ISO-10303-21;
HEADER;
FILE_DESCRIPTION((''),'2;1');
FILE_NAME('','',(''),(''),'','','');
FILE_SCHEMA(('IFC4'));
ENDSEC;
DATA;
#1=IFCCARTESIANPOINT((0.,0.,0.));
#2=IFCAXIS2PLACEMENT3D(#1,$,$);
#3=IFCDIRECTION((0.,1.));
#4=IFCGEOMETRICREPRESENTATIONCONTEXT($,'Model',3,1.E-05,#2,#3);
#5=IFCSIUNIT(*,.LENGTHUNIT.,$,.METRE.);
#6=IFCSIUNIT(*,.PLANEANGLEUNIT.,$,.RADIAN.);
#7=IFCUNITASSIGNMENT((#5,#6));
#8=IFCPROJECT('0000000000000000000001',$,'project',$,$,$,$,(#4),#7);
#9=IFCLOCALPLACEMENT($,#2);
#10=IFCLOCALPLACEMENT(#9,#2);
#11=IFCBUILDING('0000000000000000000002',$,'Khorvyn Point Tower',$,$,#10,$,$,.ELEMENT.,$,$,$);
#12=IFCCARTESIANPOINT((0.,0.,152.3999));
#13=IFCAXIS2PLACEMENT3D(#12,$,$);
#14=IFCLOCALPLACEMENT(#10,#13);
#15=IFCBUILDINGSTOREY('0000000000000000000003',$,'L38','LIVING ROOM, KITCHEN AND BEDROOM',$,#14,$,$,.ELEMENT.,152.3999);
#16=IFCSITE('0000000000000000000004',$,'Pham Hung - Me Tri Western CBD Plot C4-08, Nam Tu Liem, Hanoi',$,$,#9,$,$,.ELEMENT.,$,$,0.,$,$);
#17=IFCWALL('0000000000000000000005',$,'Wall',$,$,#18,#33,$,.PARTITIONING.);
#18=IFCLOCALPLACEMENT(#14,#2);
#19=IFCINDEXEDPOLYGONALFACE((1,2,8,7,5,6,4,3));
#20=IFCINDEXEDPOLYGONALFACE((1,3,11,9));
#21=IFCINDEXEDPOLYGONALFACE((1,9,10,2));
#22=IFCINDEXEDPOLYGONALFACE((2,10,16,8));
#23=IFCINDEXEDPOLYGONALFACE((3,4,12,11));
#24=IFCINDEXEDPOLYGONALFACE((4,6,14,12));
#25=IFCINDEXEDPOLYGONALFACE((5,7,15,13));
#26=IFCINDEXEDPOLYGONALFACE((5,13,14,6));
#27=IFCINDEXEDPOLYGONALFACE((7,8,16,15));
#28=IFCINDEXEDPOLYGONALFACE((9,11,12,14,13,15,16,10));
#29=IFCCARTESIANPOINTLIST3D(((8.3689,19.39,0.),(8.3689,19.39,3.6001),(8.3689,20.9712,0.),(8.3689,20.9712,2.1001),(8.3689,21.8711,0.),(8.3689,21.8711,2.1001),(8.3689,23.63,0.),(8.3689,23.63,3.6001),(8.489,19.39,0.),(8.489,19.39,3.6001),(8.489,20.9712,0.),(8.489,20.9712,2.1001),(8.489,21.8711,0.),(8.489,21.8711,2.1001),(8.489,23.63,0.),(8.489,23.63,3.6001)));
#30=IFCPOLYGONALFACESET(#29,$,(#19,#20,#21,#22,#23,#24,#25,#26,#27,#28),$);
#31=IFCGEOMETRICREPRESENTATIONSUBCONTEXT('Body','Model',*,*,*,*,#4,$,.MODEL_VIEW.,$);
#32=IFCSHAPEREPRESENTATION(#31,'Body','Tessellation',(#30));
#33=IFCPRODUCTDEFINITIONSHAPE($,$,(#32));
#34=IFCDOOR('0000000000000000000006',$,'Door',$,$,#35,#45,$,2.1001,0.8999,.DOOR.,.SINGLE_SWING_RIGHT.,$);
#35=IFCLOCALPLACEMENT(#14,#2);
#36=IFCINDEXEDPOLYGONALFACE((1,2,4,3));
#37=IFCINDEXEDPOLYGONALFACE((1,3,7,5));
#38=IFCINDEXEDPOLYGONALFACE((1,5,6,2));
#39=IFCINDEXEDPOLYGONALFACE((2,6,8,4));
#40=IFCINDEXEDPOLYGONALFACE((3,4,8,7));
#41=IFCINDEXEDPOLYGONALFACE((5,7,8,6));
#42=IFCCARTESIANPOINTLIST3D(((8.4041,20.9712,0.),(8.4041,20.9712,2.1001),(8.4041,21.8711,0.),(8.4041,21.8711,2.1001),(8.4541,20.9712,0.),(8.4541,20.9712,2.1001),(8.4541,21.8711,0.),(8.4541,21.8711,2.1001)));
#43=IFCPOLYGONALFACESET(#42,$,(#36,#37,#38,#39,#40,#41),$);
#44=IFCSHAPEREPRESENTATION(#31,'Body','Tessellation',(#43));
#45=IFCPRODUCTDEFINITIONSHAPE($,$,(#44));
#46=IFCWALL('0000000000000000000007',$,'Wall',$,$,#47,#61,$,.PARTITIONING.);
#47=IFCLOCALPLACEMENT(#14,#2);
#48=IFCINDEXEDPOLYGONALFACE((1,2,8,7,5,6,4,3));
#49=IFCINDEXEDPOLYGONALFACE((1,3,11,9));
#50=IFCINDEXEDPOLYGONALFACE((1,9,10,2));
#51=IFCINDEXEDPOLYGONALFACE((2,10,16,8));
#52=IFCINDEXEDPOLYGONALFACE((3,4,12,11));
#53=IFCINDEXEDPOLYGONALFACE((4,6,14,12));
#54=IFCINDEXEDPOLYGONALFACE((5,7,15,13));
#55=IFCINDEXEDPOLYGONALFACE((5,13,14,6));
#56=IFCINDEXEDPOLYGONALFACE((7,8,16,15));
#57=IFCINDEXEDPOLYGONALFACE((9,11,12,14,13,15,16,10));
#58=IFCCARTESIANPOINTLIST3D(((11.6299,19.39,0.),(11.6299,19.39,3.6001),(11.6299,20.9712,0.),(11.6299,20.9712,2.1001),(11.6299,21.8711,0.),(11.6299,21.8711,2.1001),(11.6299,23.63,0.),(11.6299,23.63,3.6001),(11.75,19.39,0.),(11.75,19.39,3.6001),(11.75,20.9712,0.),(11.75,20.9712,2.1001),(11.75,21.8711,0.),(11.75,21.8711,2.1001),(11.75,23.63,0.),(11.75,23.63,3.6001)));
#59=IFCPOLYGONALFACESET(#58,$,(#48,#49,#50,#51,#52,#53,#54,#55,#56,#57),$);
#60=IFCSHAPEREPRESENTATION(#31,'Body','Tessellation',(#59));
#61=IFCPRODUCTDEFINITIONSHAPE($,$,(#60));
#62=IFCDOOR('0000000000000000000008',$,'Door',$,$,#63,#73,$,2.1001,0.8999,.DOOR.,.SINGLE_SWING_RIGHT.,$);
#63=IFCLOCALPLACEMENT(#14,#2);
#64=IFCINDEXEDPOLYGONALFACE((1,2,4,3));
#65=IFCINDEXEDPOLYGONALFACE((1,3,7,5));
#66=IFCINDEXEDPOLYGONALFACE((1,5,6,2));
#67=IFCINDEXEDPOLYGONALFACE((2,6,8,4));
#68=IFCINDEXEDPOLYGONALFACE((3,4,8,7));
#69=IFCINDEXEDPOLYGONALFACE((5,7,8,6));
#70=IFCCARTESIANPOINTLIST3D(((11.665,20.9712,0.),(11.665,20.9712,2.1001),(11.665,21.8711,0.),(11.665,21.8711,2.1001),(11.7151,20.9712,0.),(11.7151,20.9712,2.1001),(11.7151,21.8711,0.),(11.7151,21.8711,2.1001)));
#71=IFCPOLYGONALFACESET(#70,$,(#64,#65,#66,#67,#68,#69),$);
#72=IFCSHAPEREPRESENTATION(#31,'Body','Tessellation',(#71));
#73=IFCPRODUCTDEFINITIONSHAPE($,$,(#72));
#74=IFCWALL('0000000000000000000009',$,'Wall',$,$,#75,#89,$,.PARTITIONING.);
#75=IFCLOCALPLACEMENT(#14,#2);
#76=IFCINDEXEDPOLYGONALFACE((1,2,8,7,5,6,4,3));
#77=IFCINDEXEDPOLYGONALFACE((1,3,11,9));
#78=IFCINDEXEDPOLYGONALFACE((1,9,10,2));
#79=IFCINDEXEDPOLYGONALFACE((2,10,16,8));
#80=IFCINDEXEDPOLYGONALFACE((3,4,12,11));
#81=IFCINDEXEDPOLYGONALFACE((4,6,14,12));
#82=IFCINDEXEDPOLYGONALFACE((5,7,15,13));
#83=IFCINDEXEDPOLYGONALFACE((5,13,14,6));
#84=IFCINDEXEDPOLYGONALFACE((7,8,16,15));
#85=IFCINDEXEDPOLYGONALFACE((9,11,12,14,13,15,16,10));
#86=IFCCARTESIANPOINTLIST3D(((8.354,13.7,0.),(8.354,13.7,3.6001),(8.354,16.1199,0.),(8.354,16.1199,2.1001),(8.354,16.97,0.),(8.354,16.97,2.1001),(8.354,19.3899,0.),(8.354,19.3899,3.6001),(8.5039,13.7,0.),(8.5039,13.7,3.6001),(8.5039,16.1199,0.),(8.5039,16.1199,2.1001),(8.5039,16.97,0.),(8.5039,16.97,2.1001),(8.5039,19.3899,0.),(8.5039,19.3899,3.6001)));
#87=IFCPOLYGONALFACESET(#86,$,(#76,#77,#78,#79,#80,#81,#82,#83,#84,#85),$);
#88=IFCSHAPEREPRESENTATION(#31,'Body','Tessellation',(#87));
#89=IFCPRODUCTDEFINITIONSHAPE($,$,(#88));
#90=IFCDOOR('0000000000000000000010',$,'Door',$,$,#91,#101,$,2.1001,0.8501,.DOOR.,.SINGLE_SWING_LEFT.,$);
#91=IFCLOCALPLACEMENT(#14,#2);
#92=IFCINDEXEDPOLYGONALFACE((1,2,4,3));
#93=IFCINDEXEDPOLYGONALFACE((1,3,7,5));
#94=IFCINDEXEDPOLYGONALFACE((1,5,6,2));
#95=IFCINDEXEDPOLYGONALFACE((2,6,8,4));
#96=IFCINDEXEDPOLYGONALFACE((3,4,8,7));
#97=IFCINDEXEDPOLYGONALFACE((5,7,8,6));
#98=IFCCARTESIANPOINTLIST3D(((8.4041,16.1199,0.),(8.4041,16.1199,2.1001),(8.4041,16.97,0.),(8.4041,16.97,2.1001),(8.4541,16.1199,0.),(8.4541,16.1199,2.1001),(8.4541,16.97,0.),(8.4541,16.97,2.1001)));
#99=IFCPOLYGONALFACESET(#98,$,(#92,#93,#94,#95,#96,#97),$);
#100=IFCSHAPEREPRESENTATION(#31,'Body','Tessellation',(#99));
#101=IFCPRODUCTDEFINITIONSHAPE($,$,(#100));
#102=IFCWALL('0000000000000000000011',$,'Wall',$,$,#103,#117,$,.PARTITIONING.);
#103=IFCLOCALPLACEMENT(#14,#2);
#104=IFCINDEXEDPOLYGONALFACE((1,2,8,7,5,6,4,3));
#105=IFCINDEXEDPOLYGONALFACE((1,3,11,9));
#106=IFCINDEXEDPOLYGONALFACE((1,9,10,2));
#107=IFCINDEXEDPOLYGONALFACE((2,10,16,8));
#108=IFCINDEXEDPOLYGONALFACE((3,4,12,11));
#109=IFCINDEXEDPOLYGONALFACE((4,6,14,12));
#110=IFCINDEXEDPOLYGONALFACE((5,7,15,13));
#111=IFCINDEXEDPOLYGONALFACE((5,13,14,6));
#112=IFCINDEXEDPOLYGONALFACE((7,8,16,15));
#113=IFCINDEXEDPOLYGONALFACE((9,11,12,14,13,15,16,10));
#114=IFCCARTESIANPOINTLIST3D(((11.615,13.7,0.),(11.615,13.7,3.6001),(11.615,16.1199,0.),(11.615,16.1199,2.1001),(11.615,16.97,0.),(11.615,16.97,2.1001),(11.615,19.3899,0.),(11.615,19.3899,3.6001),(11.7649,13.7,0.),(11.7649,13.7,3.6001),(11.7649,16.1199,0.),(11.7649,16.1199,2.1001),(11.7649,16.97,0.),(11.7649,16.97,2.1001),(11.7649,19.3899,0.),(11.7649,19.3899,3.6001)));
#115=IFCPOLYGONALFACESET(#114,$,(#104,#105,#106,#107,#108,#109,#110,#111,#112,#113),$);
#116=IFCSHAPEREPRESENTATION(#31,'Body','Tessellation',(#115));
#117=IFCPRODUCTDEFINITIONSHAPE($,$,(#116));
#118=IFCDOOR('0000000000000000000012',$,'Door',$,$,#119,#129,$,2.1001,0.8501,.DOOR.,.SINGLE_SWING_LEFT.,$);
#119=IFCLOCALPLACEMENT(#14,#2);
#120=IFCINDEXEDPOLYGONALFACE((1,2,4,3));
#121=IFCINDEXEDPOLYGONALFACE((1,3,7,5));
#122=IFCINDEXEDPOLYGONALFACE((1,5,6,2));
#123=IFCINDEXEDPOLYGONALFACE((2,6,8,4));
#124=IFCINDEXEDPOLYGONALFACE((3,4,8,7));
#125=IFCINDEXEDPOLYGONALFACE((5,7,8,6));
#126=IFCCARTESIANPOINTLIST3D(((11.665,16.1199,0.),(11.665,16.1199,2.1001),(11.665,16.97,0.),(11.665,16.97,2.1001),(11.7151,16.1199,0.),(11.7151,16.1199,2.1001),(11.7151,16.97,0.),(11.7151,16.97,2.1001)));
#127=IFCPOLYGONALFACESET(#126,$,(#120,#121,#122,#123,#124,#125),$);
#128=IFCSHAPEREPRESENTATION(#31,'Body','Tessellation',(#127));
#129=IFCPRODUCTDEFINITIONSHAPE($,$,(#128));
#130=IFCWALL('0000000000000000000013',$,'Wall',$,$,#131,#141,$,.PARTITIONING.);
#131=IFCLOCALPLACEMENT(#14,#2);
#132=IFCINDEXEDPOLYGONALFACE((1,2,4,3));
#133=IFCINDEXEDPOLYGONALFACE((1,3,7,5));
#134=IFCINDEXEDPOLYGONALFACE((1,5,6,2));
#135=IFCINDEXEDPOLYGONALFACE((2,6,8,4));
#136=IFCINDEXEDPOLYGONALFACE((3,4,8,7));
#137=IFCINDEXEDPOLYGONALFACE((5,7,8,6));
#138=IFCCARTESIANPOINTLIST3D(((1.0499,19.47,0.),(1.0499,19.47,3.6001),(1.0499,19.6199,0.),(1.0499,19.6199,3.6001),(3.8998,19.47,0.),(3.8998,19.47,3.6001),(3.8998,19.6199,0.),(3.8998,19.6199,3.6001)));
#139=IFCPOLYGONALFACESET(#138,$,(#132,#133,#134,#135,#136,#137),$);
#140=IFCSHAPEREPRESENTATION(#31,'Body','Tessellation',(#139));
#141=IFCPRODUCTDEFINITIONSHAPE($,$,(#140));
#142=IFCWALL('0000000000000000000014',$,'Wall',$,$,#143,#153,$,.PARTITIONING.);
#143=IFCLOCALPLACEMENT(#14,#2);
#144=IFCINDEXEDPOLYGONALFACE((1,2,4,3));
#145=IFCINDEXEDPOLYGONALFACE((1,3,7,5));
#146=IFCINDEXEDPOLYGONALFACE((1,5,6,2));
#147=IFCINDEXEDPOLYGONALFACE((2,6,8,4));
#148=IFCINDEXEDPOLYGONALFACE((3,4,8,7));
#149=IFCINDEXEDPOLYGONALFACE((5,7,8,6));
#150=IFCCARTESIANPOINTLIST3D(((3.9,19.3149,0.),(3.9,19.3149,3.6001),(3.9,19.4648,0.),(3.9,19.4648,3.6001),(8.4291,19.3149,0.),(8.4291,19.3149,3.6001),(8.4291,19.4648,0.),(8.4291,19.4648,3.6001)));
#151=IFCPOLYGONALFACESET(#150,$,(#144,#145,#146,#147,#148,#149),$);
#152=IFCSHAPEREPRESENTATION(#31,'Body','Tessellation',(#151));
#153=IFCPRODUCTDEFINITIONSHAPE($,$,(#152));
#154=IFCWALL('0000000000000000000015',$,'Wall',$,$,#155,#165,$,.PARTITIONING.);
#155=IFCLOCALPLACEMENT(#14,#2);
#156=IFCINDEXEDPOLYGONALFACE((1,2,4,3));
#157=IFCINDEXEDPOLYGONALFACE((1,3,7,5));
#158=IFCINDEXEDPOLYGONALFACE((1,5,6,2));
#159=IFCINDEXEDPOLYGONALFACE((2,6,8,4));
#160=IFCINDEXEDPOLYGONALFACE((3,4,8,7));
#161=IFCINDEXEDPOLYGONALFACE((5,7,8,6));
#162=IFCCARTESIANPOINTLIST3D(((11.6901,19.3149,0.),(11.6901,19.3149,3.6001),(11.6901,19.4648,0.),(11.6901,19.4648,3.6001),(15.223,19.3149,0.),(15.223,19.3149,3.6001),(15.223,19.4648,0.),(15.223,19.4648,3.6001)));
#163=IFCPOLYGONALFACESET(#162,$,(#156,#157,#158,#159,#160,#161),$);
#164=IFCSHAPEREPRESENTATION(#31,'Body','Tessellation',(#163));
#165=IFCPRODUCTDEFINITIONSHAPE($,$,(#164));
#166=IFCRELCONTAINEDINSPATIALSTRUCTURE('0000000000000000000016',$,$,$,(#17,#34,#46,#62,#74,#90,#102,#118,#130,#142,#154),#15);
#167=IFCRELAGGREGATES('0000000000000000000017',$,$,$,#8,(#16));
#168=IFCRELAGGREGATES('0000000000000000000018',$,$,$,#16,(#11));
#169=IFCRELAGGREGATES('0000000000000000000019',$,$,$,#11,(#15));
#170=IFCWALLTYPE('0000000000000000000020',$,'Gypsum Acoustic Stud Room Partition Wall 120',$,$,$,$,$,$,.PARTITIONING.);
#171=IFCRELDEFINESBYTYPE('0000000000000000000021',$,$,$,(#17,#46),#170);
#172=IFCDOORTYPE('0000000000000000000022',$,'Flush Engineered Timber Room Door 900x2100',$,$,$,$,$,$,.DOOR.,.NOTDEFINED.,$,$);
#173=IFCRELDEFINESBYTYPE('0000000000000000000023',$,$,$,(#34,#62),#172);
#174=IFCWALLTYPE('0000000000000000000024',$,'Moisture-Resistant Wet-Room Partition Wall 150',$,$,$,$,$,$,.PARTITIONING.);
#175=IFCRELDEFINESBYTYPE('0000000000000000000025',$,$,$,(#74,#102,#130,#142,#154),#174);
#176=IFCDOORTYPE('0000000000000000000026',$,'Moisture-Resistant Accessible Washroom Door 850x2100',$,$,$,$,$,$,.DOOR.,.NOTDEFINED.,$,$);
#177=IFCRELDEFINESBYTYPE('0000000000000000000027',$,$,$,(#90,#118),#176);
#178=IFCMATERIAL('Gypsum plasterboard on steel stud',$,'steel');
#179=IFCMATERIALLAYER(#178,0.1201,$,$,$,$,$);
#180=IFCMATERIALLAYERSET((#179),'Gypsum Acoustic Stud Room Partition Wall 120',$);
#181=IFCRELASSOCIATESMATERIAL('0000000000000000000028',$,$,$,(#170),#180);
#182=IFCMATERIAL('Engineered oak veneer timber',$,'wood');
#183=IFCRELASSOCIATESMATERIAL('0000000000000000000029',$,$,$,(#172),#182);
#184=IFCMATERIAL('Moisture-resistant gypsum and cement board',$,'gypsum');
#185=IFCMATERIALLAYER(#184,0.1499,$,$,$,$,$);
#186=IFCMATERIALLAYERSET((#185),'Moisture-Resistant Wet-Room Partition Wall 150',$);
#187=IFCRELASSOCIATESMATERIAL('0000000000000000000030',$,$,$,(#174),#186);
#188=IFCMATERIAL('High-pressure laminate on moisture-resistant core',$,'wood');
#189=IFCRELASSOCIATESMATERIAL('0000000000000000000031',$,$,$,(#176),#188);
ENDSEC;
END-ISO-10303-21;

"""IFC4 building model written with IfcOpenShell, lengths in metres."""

from ifc_helpers import new_model, si_unit, direction, frame, frame_2d, origin, place, context, subcontext, project, spatial, rectangle, extrude, material, layer, layer_set, type_object, element, fill, save


model = new_model("IFC4")

# Units and contexts
model_context = context("Model", 3, precision=1e-05, world=origin(), true_north=direction((0.0, 1.0)))
body_context = subcontext(model_context, "Body", "Model", "MODEL_VIEW")
ifc_project = project(units=[si_unit("LENGTHUNIT", "METRE"), si_unit("PLANEANGLEUNIT", "RADIAN")], contexts=[model_context])

# Site, building, storey
site_placement = place(None, origin())
site = spatial("IfcSite", under=ifc_project, at=site_placement, Name="Pham Hung - Me Tri Western CBD Plot C4-08, Nam Tu Liem, Hanoi", CompositionType="ELEMENT", RefElevation=0.0)
building_placement = place(site_placement, origin())
building = spatial("IfcBuilding", under=site, at=building_placement, Name="Khorvyn Point Tower", CompositionType="ELEMENT")
storey_placement = place(building_placement, frame((0.0, 0.0, 152.3999)))
storey = spatial("IfcBuildingStorey", under=building, at=storey_placement, Name="L38", Description="LIVING ROOM, KITCHEN AND BEDROOM", CompositionType="ELEMENT", Elevation=152.3999)

# Walls, openings, doors
ifc_material_1 = material(Name="Gypsum plasterboard on steel stud", Category="steel")
ifc_layer_1 = layer(ifc_material_1, 0.1201)
ifc_layer_set_1 = layer_set([ifc_layer_1], Name="Gypsum Acoustic Stud Room Partition Wall 120")
wall_type_1 = type_object("IfcWallType", Name="Gypsum Acoustic Stud Room Partition Wall 120", PredefinedType="PARTITIONING", material=ifc_layer_set_1)
ifc_material_2 = material(Name="Engineered oak veneer timber", Category="wood")
door_type_1 = type_object("IfcDoorType", Name="Flush Engineered Timber Room Door 900x2100", OperationType="NOTDEFINED", PredefinedType="DOOR", material=ifc_material_2)
wall_1_placement = place(storey_placement, frame((8.429, 19.3899, 0.0), z_axis=(0.0, 0.0, 1.0), x_axis=(0.0, 1.0, 0.0)))
wall_1 = element("IfcWall", 1, at=wall_1_placement, inside=storey, type_object=wall_type_1, Name="Wall", PredefinedType="PARTITIONING", context=body_context, shape_type="SweptSolid", body=[
    extrude(rectangle(XDim=4.24, YDim=0.1201, at=frame_2d((2.1201, 0.0))), origin(), (0.0, 0.0, 1.0), 3.6001),
])
opening_1_placement = place(wall_1_placement, frame((1.5813, 0.0, 0.0)))
opening_1 = element("IfcOpeningElement", 2, at=opening_1_placement, cuts=wall_1, PredefinedType="OPENING", context=body_context, shape_type="SweptSolid", body=[
    extrude(rectangle(XDim=0.8999, YDim=2.1001, at=frame_2d((0.45, 1.05))), frame((0.0, 0.0701, 0.0), z_axis=(0.0, -1.0, 0.0), x_axis=(1.0, 0.0, 0.0)), (0.0, 0.0, 1.0), 0.1401),
])
door_1_placement = place(opening_1_placement, origin())
door_1 = element("IfcDoor", 3, at=door_1_placement, inside=storey, type_object=door_type_1, Name="Door", OperationType="SINGLE_SWING_RIGHT", OverallHeight=2.1001, OverallWidth=0.8999, PredefinedType="DOOR", context=body_context, shape_type="SweptSolid", body=[
    extrude(rectangle(XDim=0.8999, YDim=2.1001, at=frame_2d((0.45, 1.05))), frame((0.0, 0.0249, 0.0), z_axis=(0.0, -1.0, 0.0), x_axis=(1.0, 0.0, 0.0)), (0.0, 0.0, 1.0), 0.05),
])
fill(opening_1, door_1)
wall_2_placement = place(storey_placement, frame((11.6899, 19.3899, 0.0), z_axis=(0.0, 0.0, 1.0), x_axis=(0.0, 1.0, 0.0)))
wall_2 = element("IfcWall", 4, at=wall_2_placement, inside=storey, type_object=wall_type_1, Name="Wall", PredefinedType="PARTITIONING", context=body_context, shape_type="SweptSolid", body=[
    extrude(rectangle(XDim=4.24, YDim=0.1201, at=frame_2d((2.1201, 0.0))), origin(), (0.0, 0.0, 1.0), 3.6001),
])
opening_2_placement = place(wall_2_placement, frame((1.5813, 0.0, 0.0)))
opening_2 = element("IfcOpeningElement", 5, at=opening_2_placement, cuts=wall_2, PredefinedType="OPENING", context=body_context, shape_type="SweptSolid", body=[
    extrude(rectangle(XDim=0.8999, YDim=2.1001, at=frame_2d((0.45, 1.05))), frame((0.0, 0.0701, 0.0), z_axis=(0.0, -1.0, 0.0), x_axis=(1.0, 0.0, 0.0)), (0.0, 0.0, 1.0), 0.1401),
])
door_2_placement = place(opening_2_placement, origin())
door_2 = element("IfcDoor", 6, at=door_2_placement, inside=storey, type_object=door_type_1, Name="Door", OperationType="SINGLE_SWING_RIGHT", OverallHeight=2.1001, OverallWidth=0.8999, PredefinedType="DOOR", context=body_context, shape_type="SweptSolid", body=[
    extrude(rectangle(XDim=0.8999, YDim=2.1001, at=frame_2d((0.45, 1.05))), frame((0.0, 0.0249, 0.0), z_axis=(0.0, -1.0, 0.0), x_axis=(1.0, 0.0, 0.0)), (0.0, 0.0, 1.0), 0.05),
])
fill(opening_2, door_2)
ifc_material_3 = material(Name="Moisture-resistant gypsum and cement board", Category="gypsum")
ifc_layer_2 = layer(ifc_material_3, 0.1499)
ifc_layer_set_2 = layer_set([ifc_layer_2], Name="Moisture-Resistant Wet-Room Partition Wall 150")
wall_type_2 = type_object("IfcWallType", Name="Moisture-Resistant Wet-Room Partition Wall 150", PredefinedType="PARTITIONING", material=ifc_layer_set_2)
wall_3_placement = place(storey_placement, frame((8.429, 13.7, 0.0), z_axis=(0.0, 0.0, 1.0), x_axis=(0.0, 1.0, 0.0)))
wall_3 = element("IfcWall", 7, at=wall_3_placement, inside=storey, type_object=wall_type_2, Name="Wall", PredefinedType="PARTITIONING", context=body_context, shape_type="SweptSolid", body=[
    extrude(rectangle(XDim=5.6899, YDim=0.1499, at=frame_2d((2.845, 0.0))), origin(), (0.0, 0.0, 1.0), 3.6001),
])
opening_3_placement = place(wall_3_placement, frame((2.4199, 0.0, 0.0)))
opening_3 = element("IfcOpeningElement", 8, at=opening_3_placement, cuts=wall_3, PredefinedType="OPENING", context=body_context, shape_type="SweptSolid", body=[
    extrude(rectangle(XDim=0.8501, YDim=2.1001, at=frame_2d((0.425, 1.05))), frame((0.0, 0.085, 0.0), z_axis=(0.0, -1.0, 0.0), x_axis=(1.0, 0.0, 0.0)), (0.0, 0.0, 1.0), 0.1699),
])
ifc_material_4 = material(Name="High-pressure laminate on moisture-resistant core", Category="wood")
door_type_2 = type_object("IfcDoorType", Name="Moisture-Resistant Accessible Washroom Door 850x2100", OperationType="NOTDEFINED", PredefinedType="DOOR", material=ifc_material_4)
door_3_placement = place(opening_3_placement, origin())
door_3 = element("IfcDoor", 9, at=door_3_placement, inside=storey, type_object=door_type_2, Name="Door", OperationType="SINGLE_SWING_LEFT", OverallHeight=2.1001, OverallWidth=0.8501, PredefinedType="DOOR", context=body_context, shape_type="SweptSolid", body=[
    extrude(rectangle(XDim=0.8501, YDim=2.1001, at=frame_2d((0.425, 1.05))), frame((0.0, 0.0249, 0.0), z_axis=(0.0, -1.0, 0.0), x_axis=(1.0, 0.0, 0.0)), (0.0, 0.0, 1.0), 0.05),
])
fill(opening_3, door_3)
wall_4_placement = place(storey_placement, frame((11.6899, 13.7, 0.0), z_axis=(0.0, 0.0, 1.0), x_axis=(0.0, 1.0, 0.0)))
wall_4 = element("IfcWall", 10, at=wall_4_placement, inside=storey, type_object=wall_type_2, Name="Wall", PredefinedType="PARTITIONING", context=body_context, shape_type="SweptSolid", body=[
    extrude(rectangle(XDim=5.6899, YDim=0.1499, at=frame_2d((2.845, 0.0))), origin(), (0.0, 0.0, 1.0), 3.6001),
])
opening_4_placement = place(wall_4_placement, frame((2.4199, 0.0, 0.0)))
opening_4 = element("IfcOpeningElement", 11, at=opening_4_placement, cuts=wall_4, PredefinedType="OPENING", context=body_context, shape_type="SweptSolid", body=[
    extrude(rectangle(XDim=0.8501, YDim=2.1001, at=frame_2d((0.425, 1.05))), frame((0.0, 0.085, 0.0), z_axis=(0.0, -1.0, 0.0), x_axis=(1.0, 0.0, 0.0)), (0.0, 0.0, 1.0), 0.1699),
])
door_4_placement = place(opening_4_placement, origin())
door_4 = element("IfcDoor", 12, at=door_4_placement, inside=storey, type_object=door_type_2, Name="Door", OperationType="SINGLE_SWING_LEFT", OverallHeight=2.1001, OverallWidth=0.8501, PredefinedType="DOOR", context=body_context, shape_type="SweptSolid", body=[
    extrude(rectangle(XDim=0.8501, YDim=2.1001, at=frame_2d((0.425, 1.05))), frame((0.0, 0.0249, 0.0), z_axis=(0.0, -1.0, 0.0), x_axis=(1.0, 0.0, 0.0)), (0.0, 0.0, 1.0), 0.05),
])
fill(opening_4, door_4)

# Walls
wall_5_placement = place(storey_placement, frame((1.05, 19.5449, 0.0), z_axis=(0.0, 0.0, 1.0), x_axis=(1.0, 0.0, 0.0)))
element("IfcWall", 13, at=wall_5_placement, inside=storey, type_object=wall_type_2, Name="Wall", PredefinedType="PARTITIONING", context=body_context, shape_type="SweptSolid", body=[
    extrude(rectangle(XDim=2.8499, YDim=0.1499, at=frame_2d((1.4248, 0.0))), origin(), (0.0, 0.0, 1.0), 3.6001),
])
wall_6_placement = place(storey_placement, frame((3.8999, 19.3899, 0.0), z_axis=(0.0, 0.0, 1.0), x_axis=(1.0, 0.0, 0.0)))
element("IfcWall", 14, at=wall_6_placement, inside=storey, type_object=wall_type_2, Name="Wall", PredefinedType="PARTITIONING", context=body_context, shape_type="SweptSolid", body=[
    extrude(rectangle(XDim=4.5291, YDim=0.1499, at=frame_2d((2.2646, 0.0))), origin(), (0.0, 0.0, 1.0), 3.6001),
])
wall_7_placement = place(storey_placement, frame((11.6899, 19.3899, 0.0), z_axis=(0.0, 0.0, 1.0), x_axis=(1.0, 0.0, 0.0)))
element("IfcWall", 15, at=wall_7_placement, inside=storey, type_object=wall_type_2, Name="Wall", PredefinedType="PARTITIONING", context=body_context, shape_type="SweptSolid", body=[
    extrude(rectangle(XDim=3.533, YDim=0.1499, at=frame_2d((1.7666, 0.0))), origin(), (0.0, 0.0, 1.0), 3.6001),
])

save(model, "model.ifc")
